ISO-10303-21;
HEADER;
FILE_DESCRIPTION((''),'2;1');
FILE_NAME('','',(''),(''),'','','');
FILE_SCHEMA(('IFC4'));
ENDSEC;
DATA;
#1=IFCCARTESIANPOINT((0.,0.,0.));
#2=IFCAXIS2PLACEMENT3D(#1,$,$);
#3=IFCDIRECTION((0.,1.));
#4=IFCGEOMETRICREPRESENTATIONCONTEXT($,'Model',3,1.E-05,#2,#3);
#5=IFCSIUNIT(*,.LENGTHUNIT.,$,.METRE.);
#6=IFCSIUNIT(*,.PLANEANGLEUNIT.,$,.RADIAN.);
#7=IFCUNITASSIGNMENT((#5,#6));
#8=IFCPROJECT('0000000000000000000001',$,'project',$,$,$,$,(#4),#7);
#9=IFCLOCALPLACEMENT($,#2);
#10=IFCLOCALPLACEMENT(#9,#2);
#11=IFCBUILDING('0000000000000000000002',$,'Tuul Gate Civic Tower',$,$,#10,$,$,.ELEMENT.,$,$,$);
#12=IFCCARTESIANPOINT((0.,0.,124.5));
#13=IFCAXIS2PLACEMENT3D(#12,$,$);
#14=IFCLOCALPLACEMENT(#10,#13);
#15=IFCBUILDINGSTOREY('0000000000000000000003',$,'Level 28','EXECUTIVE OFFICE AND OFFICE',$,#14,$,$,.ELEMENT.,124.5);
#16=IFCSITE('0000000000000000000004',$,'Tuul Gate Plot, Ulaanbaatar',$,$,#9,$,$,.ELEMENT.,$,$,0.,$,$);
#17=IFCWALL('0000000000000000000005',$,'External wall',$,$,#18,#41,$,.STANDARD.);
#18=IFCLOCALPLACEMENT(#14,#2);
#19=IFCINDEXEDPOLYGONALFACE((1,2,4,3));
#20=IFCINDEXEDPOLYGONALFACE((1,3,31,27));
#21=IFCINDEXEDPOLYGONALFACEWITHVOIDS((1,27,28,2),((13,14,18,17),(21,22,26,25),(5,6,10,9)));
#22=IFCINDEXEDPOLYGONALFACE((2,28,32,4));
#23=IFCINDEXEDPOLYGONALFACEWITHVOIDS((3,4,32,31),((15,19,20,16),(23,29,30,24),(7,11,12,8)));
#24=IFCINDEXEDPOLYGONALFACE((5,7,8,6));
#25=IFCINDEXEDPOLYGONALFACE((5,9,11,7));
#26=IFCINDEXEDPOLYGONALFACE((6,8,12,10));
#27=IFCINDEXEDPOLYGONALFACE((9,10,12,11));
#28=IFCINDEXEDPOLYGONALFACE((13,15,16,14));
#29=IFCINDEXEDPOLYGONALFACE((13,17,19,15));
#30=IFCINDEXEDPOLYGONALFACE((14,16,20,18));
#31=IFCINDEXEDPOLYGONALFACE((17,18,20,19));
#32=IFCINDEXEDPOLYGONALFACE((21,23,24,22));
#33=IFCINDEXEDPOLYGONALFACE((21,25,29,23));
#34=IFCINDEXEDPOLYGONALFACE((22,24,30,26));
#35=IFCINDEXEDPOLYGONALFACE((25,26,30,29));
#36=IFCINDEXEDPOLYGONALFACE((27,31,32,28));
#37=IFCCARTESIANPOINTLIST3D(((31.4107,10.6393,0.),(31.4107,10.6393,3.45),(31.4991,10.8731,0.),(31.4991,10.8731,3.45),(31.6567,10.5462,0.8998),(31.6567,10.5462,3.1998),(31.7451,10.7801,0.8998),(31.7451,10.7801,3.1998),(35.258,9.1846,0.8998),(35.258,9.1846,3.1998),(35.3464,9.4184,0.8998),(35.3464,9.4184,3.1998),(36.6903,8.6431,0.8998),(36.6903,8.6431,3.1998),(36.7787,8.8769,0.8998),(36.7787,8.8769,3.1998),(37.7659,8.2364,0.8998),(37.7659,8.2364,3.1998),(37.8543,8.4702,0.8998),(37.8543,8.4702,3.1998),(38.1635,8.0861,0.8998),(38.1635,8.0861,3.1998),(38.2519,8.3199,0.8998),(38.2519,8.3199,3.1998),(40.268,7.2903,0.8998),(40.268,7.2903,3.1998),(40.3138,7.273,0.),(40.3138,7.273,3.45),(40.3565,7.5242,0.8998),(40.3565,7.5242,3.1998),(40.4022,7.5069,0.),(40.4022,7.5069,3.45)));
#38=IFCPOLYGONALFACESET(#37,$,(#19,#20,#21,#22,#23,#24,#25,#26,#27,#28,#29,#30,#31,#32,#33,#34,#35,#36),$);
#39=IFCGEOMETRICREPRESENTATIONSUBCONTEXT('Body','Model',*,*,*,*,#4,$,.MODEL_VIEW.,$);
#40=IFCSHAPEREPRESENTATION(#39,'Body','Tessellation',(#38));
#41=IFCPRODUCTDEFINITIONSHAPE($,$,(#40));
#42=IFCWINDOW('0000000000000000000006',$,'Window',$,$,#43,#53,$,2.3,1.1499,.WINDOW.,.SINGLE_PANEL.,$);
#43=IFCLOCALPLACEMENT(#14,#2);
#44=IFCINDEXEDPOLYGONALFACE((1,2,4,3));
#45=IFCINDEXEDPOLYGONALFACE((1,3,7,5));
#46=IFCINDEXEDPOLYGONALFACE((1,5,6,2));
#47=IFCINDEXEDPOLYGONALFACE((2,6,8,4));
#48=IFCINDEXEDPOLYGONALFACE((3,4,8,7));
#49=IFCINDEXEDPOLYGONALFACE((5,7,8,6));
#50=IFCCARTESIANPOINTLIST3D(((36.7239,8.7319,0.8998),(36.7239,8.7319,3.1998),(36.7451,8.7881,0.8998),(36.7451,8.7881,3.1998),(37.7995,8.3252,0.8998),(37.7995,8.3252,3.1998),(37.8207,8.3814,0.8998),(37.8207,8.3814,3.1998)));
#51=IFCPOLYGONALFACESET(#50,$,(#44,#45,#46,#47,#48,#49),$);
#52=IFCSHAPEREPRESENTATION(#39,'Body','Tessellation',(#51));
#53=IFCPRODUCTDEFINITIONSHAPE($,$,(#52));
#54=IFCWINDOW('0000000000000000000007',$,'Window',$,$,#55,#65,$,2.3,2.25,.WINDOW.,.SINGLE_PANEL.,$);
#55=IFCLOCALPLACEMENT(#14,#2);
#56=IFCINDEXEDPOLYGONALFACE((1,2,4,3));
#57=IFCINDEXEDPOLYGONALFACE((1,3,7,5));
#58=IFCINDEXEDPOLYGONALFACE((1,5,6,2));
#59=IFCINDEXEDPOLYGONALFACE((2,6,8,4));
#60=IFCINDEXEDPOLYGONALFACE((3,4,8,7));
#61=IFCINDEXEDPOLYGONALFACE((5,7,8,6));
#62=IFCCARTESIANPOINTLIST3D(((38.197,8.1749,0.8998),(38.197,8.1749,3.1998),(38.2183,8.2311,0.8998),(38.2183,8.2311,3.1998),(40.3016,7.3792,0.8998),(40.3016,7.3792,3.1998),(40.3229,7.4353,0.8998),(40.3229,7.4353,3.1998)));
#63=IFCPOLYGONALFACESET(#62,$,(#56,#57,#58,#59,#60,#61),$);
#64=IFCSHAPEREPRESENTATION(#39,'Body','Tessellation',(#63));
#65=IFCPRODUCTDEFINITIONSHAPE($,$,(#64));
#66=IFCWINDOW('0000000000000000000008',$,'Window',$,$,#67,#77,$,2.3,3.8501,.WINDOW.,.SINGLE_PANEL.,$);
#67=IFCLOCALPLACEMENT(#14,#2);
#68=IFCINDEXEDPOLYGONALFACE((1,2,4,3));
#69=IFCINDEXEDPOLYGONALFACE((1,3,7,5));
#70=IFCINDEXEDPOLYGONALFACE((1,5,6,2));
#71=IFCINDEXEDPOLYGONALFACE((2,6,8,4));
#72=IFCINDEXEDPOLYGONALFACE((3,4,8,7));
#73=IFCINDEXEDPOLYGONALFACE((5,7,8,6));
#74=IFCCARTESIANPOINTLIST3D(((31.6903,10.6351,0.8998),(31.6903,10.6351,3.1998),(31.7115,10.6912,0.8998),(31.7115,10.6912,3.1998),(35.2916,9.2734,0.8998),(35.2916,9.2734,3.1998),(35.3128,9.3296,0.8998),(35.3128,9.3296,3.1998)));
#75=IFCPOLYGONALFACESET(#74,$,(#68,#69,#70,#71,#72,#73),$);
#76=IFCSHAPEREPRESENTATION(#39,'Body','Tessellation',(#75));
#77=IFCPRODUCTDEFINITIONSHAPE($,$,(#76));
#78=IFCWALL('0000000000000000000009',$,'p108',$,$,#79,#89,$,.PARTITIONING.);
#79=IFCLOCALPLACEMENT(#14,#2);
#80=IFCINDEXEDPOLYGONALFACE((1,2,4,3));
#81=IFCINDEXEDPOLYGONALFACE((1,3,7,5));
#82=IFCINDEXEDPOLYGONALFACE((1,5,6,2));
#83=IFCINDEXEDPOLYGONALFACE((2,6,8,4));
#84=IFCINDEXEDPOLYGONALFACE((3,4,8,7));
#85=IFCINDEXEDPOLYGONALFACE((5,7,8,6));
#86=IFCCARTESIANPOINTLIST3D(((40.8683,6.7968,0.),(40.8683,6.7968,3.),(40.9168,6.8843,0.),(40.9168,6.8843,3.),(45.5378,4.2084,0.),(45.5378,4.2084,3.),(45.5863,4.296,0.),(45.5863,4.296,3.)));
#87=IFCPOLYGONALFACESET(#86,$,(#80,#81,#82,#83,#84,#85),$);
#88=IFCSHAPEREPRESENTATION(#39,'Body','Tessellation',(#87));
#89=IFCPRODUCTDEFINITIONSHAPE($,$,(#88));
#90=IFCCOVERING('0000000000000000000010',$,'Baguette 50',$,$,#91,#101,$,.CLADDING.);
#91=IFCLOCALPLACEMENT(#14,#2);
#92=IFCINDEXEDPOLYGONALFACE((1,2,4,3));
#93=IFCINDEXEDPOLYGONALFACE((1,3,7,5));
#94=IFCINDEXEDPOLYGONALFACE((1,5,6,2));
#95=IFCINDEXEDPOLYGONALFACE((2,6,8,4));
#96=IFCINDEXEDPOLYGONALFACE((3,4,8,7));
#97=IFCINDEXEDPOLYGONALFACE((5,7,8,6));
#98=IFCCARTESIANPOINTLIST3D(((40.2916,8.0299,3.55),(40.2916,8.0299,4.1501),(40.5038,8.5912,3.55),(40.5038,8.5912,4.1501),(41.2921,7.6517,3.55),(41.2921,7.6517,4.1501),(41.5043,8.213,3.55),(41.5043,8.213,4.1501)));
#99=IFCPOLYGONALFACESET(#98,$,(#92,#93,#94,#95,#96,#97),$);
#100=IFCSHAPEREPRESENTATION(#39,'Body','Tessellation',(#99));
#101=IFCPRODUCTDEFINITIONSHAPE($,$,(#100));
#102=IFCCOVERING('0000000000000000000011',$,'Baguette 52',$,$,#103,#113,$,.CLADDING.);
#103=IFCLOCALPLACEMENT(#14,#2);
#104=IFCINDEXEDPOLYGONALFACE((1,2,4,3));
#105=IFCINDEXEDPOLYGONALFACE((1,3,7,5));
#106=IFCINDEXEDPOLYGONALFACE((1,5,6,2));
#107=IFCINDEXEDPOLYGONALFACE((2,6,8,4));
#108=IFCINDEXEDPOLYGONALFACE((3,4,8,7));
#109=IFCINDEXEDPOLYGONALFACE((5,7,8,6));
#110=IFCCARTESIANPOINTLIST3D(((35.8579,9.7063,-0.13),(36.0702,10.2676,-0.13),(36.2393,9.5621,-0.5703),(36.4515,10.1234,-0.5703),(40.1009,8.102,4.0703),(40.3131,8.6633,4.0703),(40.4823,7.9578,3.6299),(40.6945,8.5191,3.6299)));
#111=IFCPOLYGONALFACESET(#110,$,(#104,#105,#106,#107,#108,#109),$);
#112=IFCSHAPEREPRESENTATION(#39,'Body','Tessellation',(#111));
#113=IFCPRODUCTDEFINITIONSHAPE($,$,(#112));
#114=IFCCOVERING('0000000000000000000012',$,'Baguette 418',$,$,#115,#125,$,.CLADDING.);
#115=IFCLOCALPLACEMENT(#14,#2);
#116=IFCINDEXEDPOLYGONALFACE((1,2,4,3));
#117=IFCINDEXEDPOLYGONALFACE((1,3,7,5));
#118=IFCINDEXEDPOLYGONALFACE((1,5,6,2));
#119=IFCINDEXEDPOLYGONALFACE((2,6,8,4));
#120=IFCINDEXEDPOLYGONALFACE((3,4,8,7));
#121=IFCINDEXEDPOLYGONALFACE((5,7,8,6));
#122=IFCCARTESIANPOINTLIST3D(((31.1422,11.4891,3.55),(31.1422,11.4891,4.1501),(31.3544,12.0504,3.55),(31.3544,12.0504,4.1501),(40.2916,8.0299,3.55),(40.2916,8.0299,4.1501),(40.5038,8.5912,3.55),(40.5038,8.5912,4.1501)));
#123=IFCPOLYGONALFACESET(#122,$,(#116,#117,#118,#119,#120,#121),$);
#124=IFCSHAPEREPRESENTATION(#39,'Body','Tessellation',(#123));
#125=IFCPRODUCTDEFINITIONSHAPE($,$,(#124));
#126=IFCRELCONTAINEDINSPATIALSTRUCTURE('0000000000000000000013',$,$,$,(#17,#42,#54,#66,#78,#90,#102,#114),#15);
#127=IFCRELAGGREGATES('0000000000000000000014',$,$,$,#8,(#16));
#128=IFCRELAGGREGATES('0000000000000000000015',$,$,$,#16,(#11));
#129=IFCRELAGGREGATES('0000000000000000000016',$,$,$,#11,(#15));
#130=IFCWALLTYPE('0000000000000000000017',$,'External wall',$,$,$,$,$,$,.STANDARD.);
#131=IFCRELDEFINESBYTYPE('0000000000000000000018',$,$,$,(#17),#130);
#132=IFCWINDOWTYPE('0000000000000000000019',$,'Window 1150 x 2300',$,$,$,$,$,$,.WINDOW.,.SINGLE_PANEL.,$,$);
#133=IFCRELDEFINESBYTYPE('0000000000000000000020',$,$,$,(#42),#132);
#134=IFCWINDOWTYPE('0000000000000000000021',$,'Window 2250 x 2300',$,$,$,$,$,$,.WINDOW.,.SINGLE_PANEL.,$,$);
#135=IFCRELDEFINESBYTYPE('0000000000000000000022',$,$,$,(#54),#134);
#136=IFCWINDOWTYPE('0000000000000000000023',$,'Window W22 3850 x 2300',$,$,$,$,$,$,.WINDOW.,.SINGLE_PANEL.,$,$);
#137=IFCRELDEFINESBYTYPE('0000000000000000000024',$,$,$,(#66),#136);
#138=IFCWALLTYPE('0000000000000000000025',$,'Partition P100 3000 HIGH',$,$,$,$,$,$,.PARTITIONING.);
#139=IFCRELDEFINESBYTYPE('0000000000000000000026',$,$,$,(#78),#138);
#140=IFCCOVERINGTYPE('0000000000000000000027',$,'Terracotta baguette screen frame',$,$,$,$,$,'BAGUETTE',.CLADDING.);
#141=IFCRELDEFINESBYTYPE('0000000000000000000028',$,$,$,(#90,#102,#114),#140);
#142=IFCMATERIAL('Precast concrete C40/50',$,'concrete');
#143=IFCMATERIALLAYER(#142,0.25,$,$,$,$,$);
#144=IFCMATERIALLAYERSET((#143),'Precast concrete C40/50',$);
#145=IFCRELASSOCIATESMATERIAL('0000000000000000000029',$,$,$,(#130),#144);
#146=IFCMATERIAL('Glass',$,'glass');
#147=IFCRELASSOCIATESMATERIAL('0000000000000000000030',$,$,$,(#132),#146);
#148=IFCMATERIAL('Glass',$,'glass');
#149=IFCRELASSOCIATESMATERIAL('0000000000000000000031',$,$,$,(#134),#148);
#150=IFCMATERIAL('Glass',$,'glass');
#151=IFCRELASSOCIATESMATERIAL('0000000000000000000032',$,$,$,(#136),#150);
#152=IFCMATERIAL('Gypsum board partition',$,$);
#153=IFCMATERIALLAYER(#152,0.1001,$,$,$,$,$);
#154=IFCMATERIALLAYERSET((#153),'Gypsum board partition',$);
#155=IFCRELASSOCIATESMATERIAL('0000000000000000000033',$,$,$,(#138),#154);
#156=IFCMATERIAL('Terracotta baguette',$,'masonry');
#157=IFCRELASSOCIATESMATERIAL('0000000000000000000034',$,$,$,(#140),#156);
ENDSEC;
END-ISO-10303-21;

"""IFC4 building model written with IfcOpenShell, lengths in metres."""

from ifc_helpers import new_model, si_unit, direction, frame, frame_2d, origin, origin_2d, place, context, subcontext, project, spatial, rectangle, extrude, material, layer, layer_set, material_profile, profile_set, type_object, element, fill, save


model = new_model("IFC4")

# Units and contexts
model_context = context("Model", 3, precision=1e-05, world=origin(), true_north=direction((0.0, 1.0)))
body_context = subcontext(model_context, "Body", "Model", "MODEL_VIEW")
ifc_project = project(units=[si_unit("LENGTHUNIT", "METRE"), si_unit("PLANEANGLEUNIT", "RADIAN")], contexts=[model_context])

# Site, building, storey
site_placement = place(None, origin())
site = spatial("IfcSite", under=ifc_project, at=site_placement, Name="Tuul Gate Plot, Ulaanbaatar", CompositionType="ELEMENT", RefElevation=0.0)
building_placement = place(site_placement, origin())
building = spatial("IfcBuilding", under=site, at=building_placement, Name="Tuul Gate Civic Tower", CompositionType="ELEMENT")
storey_placement = place(building_placement, frame((0.0, 0.0, 124.5)))
storey = spatial("IfcBuildingStorey", under=building, at=storey_placement, Name="Level 28", Description="EXECUTIVE OFFICE AND OFFICE", CompositionType="ELEMENT", Elevation=124.5)

# Wall, openings, windows
ifc_material_1 = material(Name="Precast concrete C40/50", Category="concrete")
ifc_layer_1 = layer(ifc_material_1, 0.25)
ifc_layer_set_1 = layer_set([ifc_layer_1], Name="Precast concrete C40/50")
wall_type_1 = type_object("IfcWallType", Name="External wall", PredefinedType="STANDARD", material=ifc_layer_set_1)
wall_1_placement = place(storey_placement, frame((40.3582, 7.3899, 0.0), z_axis=(0.0, 0.0, 1.0), x_axis=(-0.935374, 0.35366, 0.0)))
wall_1 = element("IfcWall", 1, at=wall_1_placement, inside=storey, type_object=wall_type_1, Name="External wall", PredefinedType="STANDARD", context=body_context, shape_type="SweptSolid", body=[
    extrude(rectangle(XDim=9.5183, YDim=0.25, at=frame_2d((4.7593, 0.0))), origin(), (0.0, 0.0, 1.0), 3.45),
])
opening_1_placement = place(wall_1_placement, frame((5.4053, 0.0, 0.8999)))
opening_1 = element("IfcOpeningElement", 2, at=opening_1_placement, cuts=wall_1, PredefinedType="OPENING", context=body_context, shape_type="SweptSolid", body=[
    extrude(rectangle(XDim=3.8501, YDim=2.3, at=frame_2d((1.925, 1.1499))), frame((0.0, 0.135, 0.0), z_axis=(0.0, -1.0, 0.0), x_axis=(1.0, 0.0, 0.0)), (0.0, 0.0, 1.0), 0.27),
])
opening_2_placement = place(wall_1_placement, frame((0.0491, 0.0, 0.8999)))
opening_2 = element("IfcOpeningElement", 3, at=opening_2_placement, cuts=wall_1, PredefinedType="OPENING", context=body_context, shape_type="SweptSolid", body=[
    extrude(rectangle(XDim=2.25, YDim=2.3, at=frame_2d((1.125, 1.1499))), frame((0.0, 0.135, 0.0), z_axis=(0.0, -1.0, 0.0), x_axis=(1.0, 0.0, 0.0)), (0.0, 0.0, 1.0), 0.27),
])
opening_3_placement = place(wall_1_placement, frame((2.7241, 0.0, 0.8999)))
opening_3 = element("IfcOpeningElement", 4, at=opening_3_placement, cuts=wall_1, PredefinedType="OPENING", context=body_context, shape_type="SweptSolid", body=[
    extrude(rectangle(XDim=1.1499, YDim=2.3, at=frame_2d((0.575, 1.1499))), frame((0.0, 0.135, 0.0), z_axis=(0.0, -1.0, 0.0), x_axis=(1.0, 0.0, 0.0)), (0.0, 0.0, 1.0), 0.27),
])
ifc_material_2 = material(Name="Glass", Category="glass")
window_type_1 = type_object("IfcWindowType", Name="Window 1150 x 2300", PartitioningType="SINGLE_PANEL", PredefinedType="WINDOW", material=ifc_material_2)
window_1_placement = place(opening_3_placement, origin())
window_1 = element("IfcWindow", 5, at=window_1_placement, inside=storey, type_object=window_type_1, Name="Window", OverallHeight=2.3, OverallWidth=1.1499, PartitioningType="SINGLE_PANEL", PredefinedType="WINDOW", context=body_context, shape_type="SweptSolid", body=[
    extrude(rectangle(XDim=1.1499, YDim=2.3, at=frame_2d((0.575, 1.1499))), frame((0.0, 0.03, 0.0), z_axis=(0.0, -1.0, 0.0), x_axis=(1.0, 0.0, 0.0)), (0.0, 0.0, 1.0), 0.0601),
])
fill(opening_3, window_1)
ifc_material_3 = material(Name="Glass", Category="glass")
window_type_2 = type_object("IfcWindowType", Name="Window 2250 x 2300", PartitioningType="SINGLE_PANEL", PredefinedType="WINDOW", material=ifc_material_3)
window_2_placement = place(opening_2_placement, origin())
window_2 = element("IfcWindow", 6, at=window_2_placement, inside=storey, type_object=window_type_2, Name="Window", OverallHeight=2.3, OverallWidth=2.25, PartitioningType="SINGLE_PANEL", PredefinedType="WINDOW", context=body_context, shape_type="SweptSolid", body=[
    extrude(rectangle(XDim=2.25, YDim=2.3, at=frame_2d((1.125, 1.1499))), frame((0.0, 0.03, 0.0), z_axis=(0.0, -1.0, 0.0), x_axis=(1.0, 0.0, 0.0)), (0.0, 0.0, 1.0), 0.0601),
])
fill(opening_2, window_2)
ifc_material_4 = material(Name="Glass", Category="glass")
window_type_3 = type_object("IfcWindowType", Name="Window W22 3850 x 2300", PartitioningType="SINGLE_PANEL", PredefinedType="WINDOW", material=ifc_material_4)
window_3_placement = place(opening_1_placement, origin())
window_3 = element("IfcWindow", 7, at=window_3_placement, inside=storey, type_object=window_type_3, Name="Window", OverallHeight=2.3, OverallWidth=3.8501, PartitioningType="SINGLE_PANEL", PredefinedType="WINDOW", context=body_context, shape_type="SweptSolid", body=[
    extrude(rectangle(XDim=3.8501, YDim=2.3, at=frame_2d((1.925, 1.1499))), frame((0.0, 0.03, 0.0), z_axis=(0.0, -1.0, 0.0), x_axis=(1.0, 0.0, 0.0)), (0.0, 0.0, 1.0), 0.0601),
])
fill(opening_1, window_3)

# Wall
ifc_material_5 = material(Name="Gypsum board partition")
ifc_layer_2 = layer(ifc_material_5, 0.1001)
ifc_layer_set_2 = layer_set([ifc_layer_2], Name="Gypsum board partition")
wall_type_2 = type_object("IfcWallType", Name="Partition P100 3000 HIGH", PredefinedType="PARTITIONING", material=ifc_layer_set_2)
wall_2_placement = place(storey_placement, frame((40.8926, 6.8406, 0.0), z_axis=(0.0, 0.0, 1.0), x_axis=(0.874614, -0.48482, 0.0)))
element("IfcWall", 8, at=wall_2_placement, inside=storey, type_object=wall_type_2, Name="p108", PredefinedType="PARTITIONING", context=body_context, shape_type="SweptSolid", body=[
    extrude(rectangle(XDim=5.3389, YDim=0.1001, at=frame_2d((2.6694, 0.0))), origin(), (0.0, 0.0, 1.0), 3.0),
])

# Coverings
ifc_material_6 = material(Name="Terracotta baguette", Category="masonry")
ifc_material_profile_1 = material_profile(ifc_material_6, rectangle(XDim=0.6001, YDim=0.6001, at=origin_2d()), Name="Terracotta baguette screen frame")
ifc_profile_set_1 = profile_set([ifc_material_profile_1], Name="Terracotta baguette")
covering_type = type_object("IfcCoveringType", Name="Terracotta baguette screen frame", ElementType="BAGUETTE", PredefinedType="CLADDING", material=ifc_profile_set_1)
covering_1_placement = place(storey_placement, frame((41.3982, 7.9324, 3.8501), z_axis=(-0.935407, 0.353574, 0.0), x_axis=(-0.353574, -0.935407, 0.0)))
element("IfcCovering", 9, at=covering_1_placement, inside=storey, type_object=covering_type, Name="Baguette 50", PredefinedType="CLADDING", context=body_context, shape_type="SweptSolid", body=[
    extrude(rectangle(XDim=0.6001, YDim=0.6001, at=origin_2d()), origin(), (0.0, 0.0, 1.0), 1.0696),
])
covering_2_placement = place(storey_placement, frame((40.3977, 8.3105, 3.8501), z_axis=(-0.68633, 0.259501, -0.679419), x_axis=(-0.353664, -0.935372, 0.0)))
element("IfcCovering", 10, at=covering_2_placement, inside=storey, type_object=covering_type, Name="Baguette 52", PredefinedType="CLADDING", context=body_context, shape_type="SweptSolid", body=[
    extrude(rectangle(XDim=0.6001, YDim=0.6001, at=origin_2d()), origin(), (0.0, 0.0, 1.0), 6.1821),
])
covering_3_placement = place(storey_placement, frame((40.3977, 8.3105, 3.8501), z_axis=(-0.935378, 0.35365, 0.0), x_axis=(-0.35365, -0.935378, 0.0)))
element("IfcCovering", 11, at=covering_3_placement, inside=storey, type_object=covering_type, Name="Baguette 418", PredefinedType="CLADDING", context=body_context, shape_type="SweptSolid", body=[
    extrude(rectangle(XDim=0.6001, YDim=0.6001, at=origin_2d()), origin(), (0.0, 0.0, 1.0), 9.7815),
])

save(model, "model.ifc")
